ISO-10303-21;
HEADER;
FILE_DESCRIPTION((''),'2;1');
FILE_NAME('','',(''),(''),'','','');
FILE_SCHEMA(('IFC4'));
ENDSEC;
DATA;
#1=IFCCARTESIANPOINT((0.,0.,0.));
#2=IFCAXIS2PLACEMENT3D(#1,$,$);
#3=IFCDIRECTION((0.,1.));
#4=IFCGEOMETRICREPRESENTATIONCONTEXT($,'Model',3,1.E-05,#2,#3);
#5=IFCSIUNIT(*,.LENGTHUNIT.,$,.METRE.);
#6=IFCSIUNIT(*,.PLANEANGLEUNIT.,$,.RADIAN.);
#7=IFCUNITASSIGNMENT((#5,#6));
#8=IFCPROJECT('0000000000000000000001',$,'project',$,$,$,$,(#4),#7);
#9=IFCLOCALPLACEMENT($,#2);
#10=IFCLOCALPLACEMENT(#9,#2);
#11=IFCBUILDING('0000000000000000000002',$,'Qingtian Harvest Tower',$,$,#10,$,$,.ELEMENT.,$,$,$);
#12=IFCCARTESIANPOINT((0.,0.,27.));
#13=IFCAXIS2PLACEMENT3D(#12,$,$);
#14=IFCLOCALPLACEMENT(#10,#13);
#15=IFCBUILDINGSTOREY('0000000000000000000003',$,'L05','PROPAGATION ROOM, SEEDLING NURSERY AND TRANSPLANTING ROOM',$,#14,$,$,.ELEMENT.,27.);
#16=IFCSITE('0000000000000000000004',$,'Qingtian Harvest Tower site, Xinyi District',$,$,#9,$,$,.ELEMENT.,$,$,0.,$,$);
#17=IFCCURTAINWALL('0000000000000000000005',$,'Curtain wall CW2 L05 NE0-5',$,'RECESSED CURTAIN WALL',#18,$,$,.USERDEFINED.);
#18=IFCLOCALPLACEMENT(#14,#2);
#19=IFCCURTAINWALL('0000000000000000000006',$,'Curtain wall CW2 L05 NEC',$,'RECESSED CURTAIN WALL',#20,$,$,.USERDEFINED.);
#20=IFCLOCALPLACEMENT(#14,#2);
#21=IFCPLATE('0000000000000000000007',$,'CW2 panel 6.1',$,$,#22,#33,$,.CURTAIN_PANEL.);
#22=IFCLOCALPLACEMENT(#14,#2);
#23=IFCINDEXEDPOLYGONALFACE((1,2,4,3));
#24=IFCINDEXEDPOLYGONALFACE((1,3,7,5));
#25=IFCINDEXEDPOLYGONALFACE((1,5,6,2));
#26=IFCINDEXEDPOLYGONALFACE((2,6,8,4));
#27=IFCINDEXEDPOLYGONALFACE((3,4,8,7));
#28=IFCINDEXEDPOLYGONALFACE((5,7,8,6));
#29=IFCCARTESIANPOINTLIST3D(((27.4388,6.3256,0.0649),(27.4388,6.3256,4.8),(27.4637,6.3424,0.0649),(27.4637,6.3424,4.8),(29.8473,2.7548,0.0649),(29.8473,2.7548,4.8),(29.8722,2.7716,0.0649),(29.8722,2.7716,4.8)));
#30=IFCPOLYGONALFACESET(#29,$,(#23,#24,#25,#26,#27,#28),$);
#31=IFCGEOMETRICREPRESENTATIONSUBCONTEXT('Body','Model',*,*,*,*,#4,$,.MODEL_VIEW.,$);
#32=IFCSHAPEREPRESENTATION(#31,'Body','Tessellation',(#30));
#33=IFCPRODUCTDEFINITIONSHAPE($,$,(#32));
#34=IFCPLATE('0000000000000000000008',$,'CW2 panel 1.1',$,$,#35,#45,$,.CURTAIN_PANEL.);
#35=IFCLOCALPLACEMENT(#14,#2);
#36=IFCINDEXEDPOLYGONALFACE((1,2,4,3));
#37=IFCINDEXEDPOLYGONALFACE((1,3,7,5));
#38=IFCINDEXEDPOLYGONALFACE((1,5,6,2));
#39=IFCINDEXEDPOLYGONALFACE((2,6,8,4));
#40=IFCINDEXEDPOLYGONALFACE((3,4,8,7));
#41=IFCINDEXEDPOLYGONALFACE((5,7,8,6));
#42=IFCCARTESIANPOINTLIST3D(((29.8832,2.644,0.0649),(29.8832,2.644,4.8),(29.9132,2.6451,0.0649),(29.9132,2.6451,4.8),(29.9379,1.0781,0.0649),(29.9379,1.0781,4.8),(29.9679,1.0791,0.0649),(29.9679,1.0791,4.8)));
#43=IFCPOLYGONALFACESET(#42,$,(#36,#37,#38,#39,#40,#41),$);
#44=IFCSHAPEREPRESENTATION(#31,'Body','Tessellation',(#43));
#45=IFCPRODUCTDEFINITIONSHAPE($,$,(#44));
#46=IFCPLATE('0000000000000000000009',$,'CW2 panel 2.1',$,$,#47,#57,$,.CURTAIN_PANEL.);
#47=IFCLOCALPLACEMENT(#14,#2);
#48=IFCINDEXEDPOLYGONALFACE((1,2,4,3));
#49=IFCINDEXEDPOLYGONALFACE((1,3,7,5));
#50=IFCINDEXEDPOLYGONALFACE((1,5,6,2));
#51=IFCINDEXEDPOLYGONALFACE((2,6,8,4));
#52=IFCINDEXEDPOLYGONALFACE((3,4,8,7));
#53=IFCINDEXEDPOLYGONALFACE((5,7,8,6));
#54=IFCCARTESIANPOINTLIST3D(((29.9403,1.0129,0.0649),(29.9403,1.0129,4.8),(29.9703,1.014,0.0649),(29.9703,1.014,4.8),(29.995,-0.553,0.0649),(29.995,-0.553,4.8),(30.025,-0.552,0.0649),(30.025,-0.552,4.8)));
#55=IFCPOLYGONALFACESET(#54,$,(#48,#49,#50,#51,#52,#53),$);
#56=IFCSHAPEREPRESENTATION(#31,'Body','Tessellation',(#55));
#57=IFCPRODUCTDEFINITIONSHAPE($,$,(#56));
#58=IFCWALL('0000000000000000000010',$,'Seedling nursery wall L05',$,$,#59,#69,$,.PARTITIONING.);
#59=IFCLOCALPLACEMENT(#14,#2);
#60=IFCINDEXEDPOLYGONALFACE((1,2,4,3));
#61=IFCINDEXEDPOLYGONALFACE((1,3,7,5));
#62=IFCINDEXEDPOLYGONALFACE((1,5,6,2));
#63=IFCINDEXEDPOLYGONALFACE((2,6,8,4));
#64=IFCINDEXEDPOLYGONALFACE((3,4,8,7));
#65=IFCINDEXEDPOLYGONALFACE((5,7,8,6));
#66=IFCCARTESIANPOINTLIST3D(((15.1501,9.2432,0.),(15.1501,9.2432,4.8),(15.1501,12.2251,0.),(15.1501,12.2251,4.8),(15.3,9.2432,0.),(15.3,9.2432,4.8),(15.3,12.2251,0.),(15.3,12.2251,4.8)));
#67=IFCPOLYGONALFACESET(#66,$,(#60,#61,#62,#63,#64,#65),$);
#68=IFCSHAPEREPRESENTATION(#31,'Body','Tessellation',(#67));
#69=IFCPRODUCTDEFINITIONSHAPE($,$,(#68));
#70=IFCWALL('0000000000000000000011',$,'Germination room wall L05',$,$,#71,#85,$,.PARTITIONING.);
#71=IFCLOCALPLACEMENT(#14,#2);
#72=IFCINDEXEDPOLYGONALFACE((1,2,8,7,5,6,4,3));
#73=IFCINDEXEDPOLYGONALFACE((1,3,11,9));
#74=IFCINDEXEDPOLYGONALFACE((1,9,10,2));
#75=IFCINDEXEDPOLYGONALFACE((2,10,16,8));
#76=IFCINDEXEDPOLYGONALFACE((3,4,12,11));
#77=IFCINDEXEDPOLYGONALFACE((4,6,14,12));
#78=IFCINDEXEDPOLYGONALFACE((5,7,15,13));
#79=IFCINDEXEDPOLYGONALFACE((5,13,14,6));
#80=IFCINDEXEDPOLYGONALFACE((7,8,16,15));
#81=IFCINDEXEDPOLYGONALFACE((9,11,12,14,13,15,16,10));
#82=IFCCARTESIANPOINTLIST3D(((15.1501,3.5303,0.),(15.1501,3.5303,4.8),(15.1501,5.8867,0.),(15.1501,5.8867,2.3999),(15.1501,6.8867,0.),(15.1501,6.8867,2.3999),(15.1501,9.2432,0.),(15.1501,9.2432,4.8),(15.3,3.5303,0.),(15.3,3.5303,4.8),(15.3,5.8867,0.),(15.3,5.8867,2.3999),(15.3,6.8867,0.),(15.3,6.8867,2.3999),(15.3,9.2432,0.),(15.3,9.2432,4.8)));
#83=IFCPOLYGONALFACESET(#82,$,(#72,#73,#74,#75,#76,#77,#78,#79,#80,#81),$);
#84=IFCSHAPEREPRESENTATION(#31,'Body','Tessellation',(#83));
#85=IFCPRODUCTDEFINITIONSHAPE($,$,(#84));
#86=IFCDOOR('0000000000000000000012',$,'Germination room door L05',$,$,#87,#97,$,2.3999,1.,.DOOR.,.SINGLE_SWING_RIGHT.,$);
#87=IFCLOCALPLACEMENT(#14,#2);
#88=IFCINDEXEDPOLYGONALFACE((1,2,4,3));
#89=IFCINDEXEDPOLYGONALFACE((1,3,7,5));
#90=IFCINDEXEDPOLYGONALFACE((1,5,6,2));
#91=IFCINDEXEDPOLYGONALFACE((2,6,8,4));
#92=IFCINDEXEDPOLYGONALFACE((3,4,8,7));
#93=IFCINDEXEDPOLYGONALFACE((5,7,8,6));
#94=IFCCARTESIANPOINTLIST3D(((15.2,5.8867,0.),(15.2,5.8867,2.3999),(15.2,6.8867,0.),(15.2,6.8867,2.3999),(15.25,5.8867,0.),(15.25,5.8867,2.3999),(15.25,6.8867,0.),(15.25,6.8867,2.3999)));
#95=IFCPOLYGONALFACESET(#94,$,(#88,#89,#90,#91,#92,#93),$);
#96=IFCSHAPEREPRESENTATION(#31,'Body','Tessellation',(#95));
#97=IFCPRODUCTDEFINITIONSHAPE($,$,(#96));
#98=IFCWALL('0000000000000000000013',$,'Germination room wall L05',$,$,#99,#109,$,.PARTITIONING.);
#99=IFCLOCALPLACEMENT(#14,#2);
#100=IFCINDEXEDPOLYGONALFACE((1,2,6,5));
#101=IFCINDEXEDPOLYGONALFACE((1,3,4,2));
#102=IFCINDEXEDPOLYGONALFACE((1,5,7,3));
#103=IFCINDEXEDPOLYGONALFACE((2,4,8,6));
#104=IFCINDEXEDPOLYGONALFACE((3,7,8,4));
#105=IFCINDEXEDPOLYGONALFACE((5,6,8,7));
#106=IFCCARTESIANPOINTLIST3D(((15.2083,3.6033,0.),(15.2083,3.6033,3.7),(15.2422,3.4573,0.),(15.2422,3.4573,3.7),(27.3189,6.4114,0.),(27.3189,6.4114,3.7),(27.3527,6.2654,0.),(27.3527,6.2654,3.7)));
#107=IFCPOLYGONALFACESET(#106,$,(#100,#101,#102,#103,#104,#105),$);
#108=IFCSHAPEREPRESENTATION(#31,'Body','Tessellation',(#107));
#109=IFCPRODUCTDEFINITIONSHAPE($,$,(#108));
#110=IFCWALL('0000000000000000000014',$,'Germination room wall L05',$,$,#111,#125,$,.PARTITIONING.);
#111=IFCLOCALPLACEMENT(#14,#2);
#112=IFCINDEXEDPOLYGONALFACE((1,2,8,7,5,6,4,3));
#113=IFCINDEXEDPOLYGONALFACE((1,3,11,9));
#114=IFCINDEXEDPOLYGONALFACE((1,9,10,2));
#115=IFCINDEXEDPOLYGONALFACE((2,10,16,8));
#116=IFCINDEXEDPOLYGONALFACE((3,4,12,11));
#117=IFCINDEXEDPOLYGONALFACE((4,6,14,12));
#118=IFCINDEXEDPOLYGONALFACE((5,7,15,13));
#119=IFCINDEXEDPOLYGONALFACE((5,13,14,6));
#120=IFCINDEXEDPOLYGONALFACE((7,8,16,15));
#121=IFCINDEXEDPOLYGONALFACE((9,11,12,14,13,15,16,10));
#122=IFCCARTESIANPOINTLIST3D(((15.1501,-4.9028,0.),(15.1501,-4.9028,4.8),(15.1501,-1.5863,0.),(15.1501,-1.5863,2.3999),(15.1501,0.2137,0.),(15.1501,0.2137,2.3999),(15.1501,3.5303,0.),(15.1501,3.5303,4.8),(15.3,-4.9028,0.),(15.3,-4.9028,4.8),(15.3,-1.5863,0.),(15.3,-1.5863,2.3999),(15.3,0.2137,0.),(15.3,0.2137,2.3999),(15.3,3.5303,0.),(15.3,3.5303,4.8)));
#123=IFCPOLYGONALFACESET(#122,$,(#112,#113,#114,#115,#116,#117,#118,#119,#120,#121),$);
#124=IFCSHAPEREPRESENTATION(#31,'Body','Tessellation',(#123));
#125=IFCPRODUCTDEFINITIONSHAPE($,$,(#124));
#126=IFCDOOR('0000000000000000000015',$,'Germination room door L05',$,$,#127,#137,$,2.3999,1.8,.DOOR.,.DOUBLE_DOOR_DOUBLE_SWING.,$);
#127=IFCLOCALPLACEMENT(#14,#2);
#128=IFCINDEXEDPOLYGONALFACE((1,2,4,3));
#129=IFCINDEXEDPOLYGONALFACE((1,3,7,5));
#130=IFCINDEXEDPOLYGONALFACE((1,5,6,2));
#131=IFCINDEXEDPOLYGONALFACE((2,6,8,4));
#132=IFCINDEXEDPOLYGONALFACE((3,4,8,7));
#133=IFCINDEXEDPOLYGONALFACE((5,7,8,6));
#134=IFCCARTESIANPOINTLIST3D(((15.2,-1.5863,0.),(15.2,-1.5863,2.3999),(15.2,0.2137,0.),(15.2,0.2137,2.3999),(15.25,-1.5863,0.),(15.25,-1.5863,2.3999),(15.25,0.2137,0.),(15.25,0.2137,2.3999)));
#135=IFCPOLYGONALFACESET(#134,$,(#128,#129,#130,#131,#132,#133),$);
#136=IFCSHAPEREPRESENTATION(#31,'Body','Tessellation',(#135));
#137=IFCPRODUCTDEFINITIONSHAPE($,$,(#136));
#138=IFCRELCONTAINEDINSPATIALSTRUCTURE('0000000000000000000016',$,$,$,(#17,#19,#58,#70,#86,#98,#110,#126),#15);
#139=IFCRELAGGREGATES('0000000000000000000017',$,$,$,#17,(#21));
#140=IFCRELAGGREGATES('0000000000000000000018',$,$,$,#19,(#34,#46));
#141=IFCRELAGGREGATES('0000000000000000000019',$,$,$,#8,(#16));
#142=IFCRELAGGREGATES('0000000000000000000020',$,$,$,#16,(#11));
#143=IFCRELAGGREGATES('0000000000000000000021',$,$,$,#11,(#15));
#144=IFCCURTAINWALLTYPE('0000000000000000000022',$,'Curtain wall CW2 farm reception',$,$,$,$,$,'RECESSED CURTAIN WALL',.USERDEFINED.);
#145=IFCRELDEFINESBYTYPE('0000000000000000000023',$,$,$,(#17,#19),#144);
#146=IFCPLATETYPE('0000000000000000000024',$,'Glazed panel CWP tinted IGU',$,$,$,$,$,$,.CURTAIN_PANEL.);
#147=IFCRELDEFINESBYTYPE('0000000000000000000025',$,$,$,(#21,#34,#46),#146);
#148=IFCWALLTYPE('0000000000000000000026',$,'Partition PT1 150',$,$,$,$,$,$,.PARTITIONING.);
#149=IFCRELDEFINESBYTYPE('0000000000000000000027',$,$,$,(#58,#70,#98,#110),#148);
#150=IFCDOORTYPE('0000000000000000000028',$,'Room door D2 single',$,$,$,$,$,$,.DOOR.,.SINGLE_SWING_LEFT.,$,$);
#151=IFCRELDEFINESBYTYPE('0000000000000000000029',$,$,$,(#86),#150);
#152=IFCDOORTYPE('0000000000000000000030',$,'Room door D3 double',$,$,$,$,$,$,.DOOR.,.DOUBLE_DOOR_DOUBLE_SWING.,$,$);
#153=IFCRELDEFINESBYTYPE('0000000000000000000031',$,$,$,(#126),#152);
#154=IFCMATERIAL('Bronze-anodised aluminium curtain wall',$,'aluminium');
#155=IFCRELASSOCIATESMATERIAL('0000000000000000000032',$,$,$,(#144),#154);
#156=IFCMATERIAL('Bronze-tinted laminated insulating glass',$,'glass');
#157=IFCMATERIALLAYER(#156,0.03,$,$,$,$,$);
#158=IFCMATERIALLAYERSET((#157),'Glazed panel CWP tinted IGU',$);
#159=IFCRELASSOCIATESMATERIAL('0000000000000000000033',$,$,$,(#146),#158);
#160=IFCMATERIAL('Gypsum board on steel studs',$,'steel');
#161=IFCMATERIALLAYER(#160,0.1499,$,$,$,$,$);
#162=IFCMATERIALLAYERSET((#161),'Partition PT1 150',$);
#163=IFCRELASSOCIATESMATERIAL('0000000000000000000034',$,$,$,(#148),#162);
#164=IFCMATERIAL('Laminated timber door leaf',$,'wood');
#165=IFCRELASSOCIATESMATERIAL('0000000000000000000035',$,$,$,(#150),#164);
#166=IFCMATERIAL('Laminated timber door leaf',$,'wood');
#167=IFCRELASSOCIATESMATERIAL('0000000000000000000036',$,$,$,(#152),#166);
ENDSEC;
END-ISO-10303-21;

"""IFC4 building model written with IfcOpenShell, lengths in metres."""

from ifc_helpers import new_model, si_unit, direction, frame, frame_2d, origin, origin_2d, place, context, subcontext, project, spatial, rectangle, extrude, material, layer, layer_set, type_object, element, fill, aggregate, save


model = new_model("IFC4")

# Units and contexts
model_context = context("Model", 3, precision=1e-05, world=origin(), true_north=direction((0.0, 1.0)))
body_context = subcontext(model_context, "Body", "Model", "MODEL_VIEW")
ifc_project = project(units=[si_unit("LENGTHUNIT", "METRE"), si_unit("PLANEANGLEUNIT", "RADIAN")], contexts=[model_context])

# Site, building, storey
site_placement = place(None, origin())
site = spatial("IfcSite", under=ifc_project, at=site_placement, Name="Qingtian Harvest Tower site, Xinyi District", CompositionType="ELEMENT", RefElevation=0.0)
building_placement = place(site_placement, origin())
building = spatial("IfcBuilding", under=site, at=building_placement, Name="Qingtian Harvest Tower", CompositionType="ELEMENT")
storey_placement = place(building_placement, frame((0.0, 0.0, 27.0)))
storey = spatial("IfcBuildingStorey", under=building, at=storey_placement, Name="L05", Description="PROPAGATION ROOM, SEEDLING NURSERY AND TRANSPLANTING ROOM", CompositionType="ELEMENT", Elevation=27.0)

# Curtain walls
ifc_material_1 = material(Name="Bronze-anodised aluminium curtain wall", Category="aluminium")
curtain_wall_type = type_object("IfcCurtainWallType", Name="Curtain wall CW2 farm reception", ElementType="RECESSED CURTAIN WALL", PredefinedType="USERDEFINED", material=ifc_material_1)
curtain_wall_1_placement = place(storey_placement, origin())
curtain_wall_1 = element("IfcCurtainWall", 1, at=curtain_wall_1_placement, inside=storey, type_object=curtain_wall_type, Name="Curtain wall CW2 L05 NE0-5", ObjectType="RECESSED CURTAIN WALL", PredefinedType="USERDEFINED")
curtain_wall_2_placement = place(storey_placement, origin())
curtain_wall_2 = element("IfcCurtainWall", 2, at=curtain_wall_2_placement, inside=storey, type_object=curtain_wall_type, Name="Curtain wall CW2 L05 NEC", ObjectType="RECESSED CURTAIN WALL", PredefinedType="USERDEFINED")

# Plates
ifc_material_2 = material(Name="Bronze-tinted laminated insulating glass", Category="glass")
ifc_layer_1 = layer(ifc_material_2, 0.03)
ifc_layer_set_1 = layer_set([ifc_layer_1], Name="Glazed panel CWP tinted IGU")
plate_type = type_object("IfcPlateType", Name="Glazed panel CWP tinted IGU", PredefinedType="CURTAIN_PANEL", material=ifc_layer_set_1)
plate_1_placement = place(storey_placement, frame((28.6555, 4.5486, 0.0649), z_axis=(0.0, 0.0, 1.0), x_axis=(0.559193, -0.829038, 0.0)))
plate_1 = element("IfcPlate", 3, at=plate_1_placement, type_object=plate_type, Name="CW2 panel 6.1", PredefinedType="CURTAIN_PANEL", context=body_context, shape_type="SweptSolid", body=[
    extrude(rectangle(XDim=4.3071, YDim=0.03, at=origin_2d()), origin(), (0.0, 0.0, 1.0), 4.7351),
])
aggregate(curtain_wall_1, [plate_1])
plate_2_placement = place(storey_placement, frame((29.9255, 1.8616, 0.0649), z_axis=(0.0, 0.0, 1.0), x_axis=(0.034899, -0.999391, 0.0)))
plate_2 = element("IfcPlate", 4, at=plate_2_placement, type_object=plate_type, Name="CW2 panel 1.1", PredefinedType="CURTAIN_PANEL", context=body_context, shape_type="SweptSolid", body=[
    extrude(rectangle(XDim=1.5669, YDim=0.03, at=origin_2d()), origin(), (0.0, 0.0, 1.0), 4.7351),
])
plate_3_placement = place(storey_placement, frame((29.9827, 0.2305, 0.0649), z_axis=(0.0, 0.0, 1.0), x_axis=(0.034899, -0.999391, 0.0)))
plate_3 = element("IfcPlate", 5, at=plate_3_placement, type_object=plate_type, Name="CW2 panel 2.1", PredefinedType="CURTAIN_PANEL", context=body_context, shape_type="SweptSolid", body=[
    extrude(rectangle(XDim=1.5669, YDim=0.03, at=origin_2d()), origin(), (0.0, 0.0, 1.0), 4.7351),
])
aggregate(curtain_wall_2, [plate_2, plate_3])

# Wall
ifc_material_3 = material(Name="Gypsum board on steel studs", Category="steel")
ifc_layer_2 = layer(ifc_material_3, 0.1499)
ifc_layer_set_2 = layer_set([ifc_layer_2], Name="Partition PT1 150")
wall_type = type_object("IfcWallType", Name="Partition PT1 150", PredefinedType="PARTITIONING", material=ifc_layer_set_2)
wall_1_placement = place(storey_placement, frame((15.2251, 12.2251, 0.0), z_axis=(0.0, 0.0, 1.0), x_axis=(0.0, -1.0, 0.0)))
element("IfcWall", 6, at=wall_1_placement, inside=storey, type_object=wall_type, Name="Seedling nursery wall L05", PredefinedType="PARTITIONING", context=body_context, shape_type="SweptSolid", body=[
    extrude(rectangle(XDim=2.9819, YDim=0.1499, at=frame_2d((1.491, 0.0))), origin(), (0.0, 0.0, 1.0), 4.8),
])

# Wall, opening, door
wall_2_placement = place(storey_placement, frame((15.2251, 9.2432, 0.0), z_axis=(0.0, 0.0, 1.0), x_axis=(0.0, -1.0, 0.0)))
wall_2 = element("IfcWall", 7, at=wall_2_placement, inside=storey, type_object=wall_type, Name="Germination room wall L05", PredefinedType="PARTITIONING", context=body_context, shape_type="SweptSolid", body=[
    extrude(rectangle(XDim=5.7129, YDim=0.1499, at=frame_2d((2.8564, 0.0))), origin(), (0.0, 0.0, 1.0), 4.8),
])
opening_1_placement = place(wall_2_placement, frame((2.3564, 0.0, 0.0)))
opening_1 = element("IfcOpeningElement", 8, at=opening_1_placement, cuts=wall_2, PredefinedType="OPENING", context=body_context, shape_type="SweptSolid", body=[
    extrude(rectangle(XDim=1.0, YDim=2.3999, at=frame_2d((0.5, 1.2))), frame((0.0, 0.085, 0.0), z_axis=(0.0, -1.0, 0.0), x_axis=(1.0, 0.0, 0.0)), (0.0, 0.0, 1.0), 0.1699),
])
ifc_material_4 = material(Name="Laminated timber door leaf", Category="wood")
door_type_1 = type_object("IfcDoorType", Name="Room door D2 single", OperationType="SINGLE_SWING_LEFT", PredefinedType="DOOR", material=ifc_material_4)
door_1_placement = place(opening_1_placement, origin())
door_1 = element("IfcDoor", 9, at=door_1_placement, inside=storey, type_object=door_type_1, Name="Germination room door L05", OperationType="SINGLE_SWING_RIGHT", OverallHeight=2.3999, OverallWidth=1.0, PredefinedType="DOOR", context=body_context, shape_type="SweptSolid", body=[
    extrude(rectangle(XDim=1.0, YDim=2.3999, at=frame_2d((0.5, 1.2))), frame((0.0, 0.0249, 0.0), z_axis=(0.0, -1.0, 0.0), x_axis=(1.0, 0.0, 0.0)), (0.0, 0.0, 1.0), 0.05),
])
fill(opening_1, door_1)

# Wall
wall_3_placement = place(storey_placement, frame((27.3357, 6.3384, 0.0), z_axis=(0.0, 0.0, 1.0), x_axis=(-0.974155, -0.225879, 0.0)))
element("IfcWall", 10, at=wall_3_placement, inside=storey, type_object=wall_type, Name="Germination room wall L05", PredefinedType="PARTITIONING", context=body_context, shape_type="SweptSolid", body=[
    extrude(rectangle(XDim=12.4319, YDim=0.1499, at=frame_2d((6.2158, 0.0))), origin(), (0.0, 0.0, 1.0), 3.7),
])

# Wall, opening, door
wall_4_placement = place(storey_placement, frame((15.2251, 3.5303, 0.0), z_axis=(0.0, 0.0, 1.0), x_axis=(0.0, -1.0, 0.0)))
wall_4 = element("IfcWall", 11, at=wall_4_placement, inside=storey, type_object=wall_type, Name="Germination room wall L05", PredefinedType="PARTITIONING", context=body_context, shape_type="SweptSolid", body=[
    extrude(rectangle(XDim=8.4331, YDim=0.1499, at=frame_2d((4.2166, 0.0))), origin(), (0.0, 0.0, 1.0), 4.8),
])
opening_2_placement = place(wall_4_placement, frame((3.3167, 0.0, 0.0)))
opening_2 = element("IfcOpeningElement", 12, at=opening_2_placement, cuts=wall_4, PredefinedType="OPENING", context=body_context, shape_type="SweptSolid", body=[
    extrude(rectangle(XDim=1.8, YDim=2.3999, at=frame_2d((0.8999, 1.2))), frame((0.0, 0.085, 0.0), z_axis=(0.0, -1.0, 0.0), x_axis=(1.0, 0.0, 0.0)), (0.0, 0.0, 1.0), 0.1699),
])
ifc_material_5 = material(Name="Laminated timber door leaf", Category="wood")
door_type_2 = type_object("IfcDoorType", Name="Room door D3 double", OperationType="DOUBLE_DOOR_DOUBLE_SWING", PredefinedType="DOOR", material=ifc_material_5)
door_2_placement = place(opening_2_placement, origin())
door_2 = element("IfcDoor", 13, at=door_2_placement, inside=storey, type_object=door_type_2, Name="Germination room door L05", OperationType="DOUBLE_DOOR_DOUBLE_SWING", OverallHeight=2.3999, OverallWidth=1.8, PredefinedType="DOOR", context=body_context, shape_type="SweptSolid", body=[
    extrude(rectangle(XDim=1.8, YDim=2.3999, at=frame_2d((0.8999, 1.2))), frame((0.0, 0.0249, 0.0), z_axis=(0.0, -1.0, 0.0), x_axis=(1.0, 0.0, 0.0)), (0.0, 0.0, 1.0), 0.05),
])
fill(opening_2, door_2)

save(model, "model.ifc")
